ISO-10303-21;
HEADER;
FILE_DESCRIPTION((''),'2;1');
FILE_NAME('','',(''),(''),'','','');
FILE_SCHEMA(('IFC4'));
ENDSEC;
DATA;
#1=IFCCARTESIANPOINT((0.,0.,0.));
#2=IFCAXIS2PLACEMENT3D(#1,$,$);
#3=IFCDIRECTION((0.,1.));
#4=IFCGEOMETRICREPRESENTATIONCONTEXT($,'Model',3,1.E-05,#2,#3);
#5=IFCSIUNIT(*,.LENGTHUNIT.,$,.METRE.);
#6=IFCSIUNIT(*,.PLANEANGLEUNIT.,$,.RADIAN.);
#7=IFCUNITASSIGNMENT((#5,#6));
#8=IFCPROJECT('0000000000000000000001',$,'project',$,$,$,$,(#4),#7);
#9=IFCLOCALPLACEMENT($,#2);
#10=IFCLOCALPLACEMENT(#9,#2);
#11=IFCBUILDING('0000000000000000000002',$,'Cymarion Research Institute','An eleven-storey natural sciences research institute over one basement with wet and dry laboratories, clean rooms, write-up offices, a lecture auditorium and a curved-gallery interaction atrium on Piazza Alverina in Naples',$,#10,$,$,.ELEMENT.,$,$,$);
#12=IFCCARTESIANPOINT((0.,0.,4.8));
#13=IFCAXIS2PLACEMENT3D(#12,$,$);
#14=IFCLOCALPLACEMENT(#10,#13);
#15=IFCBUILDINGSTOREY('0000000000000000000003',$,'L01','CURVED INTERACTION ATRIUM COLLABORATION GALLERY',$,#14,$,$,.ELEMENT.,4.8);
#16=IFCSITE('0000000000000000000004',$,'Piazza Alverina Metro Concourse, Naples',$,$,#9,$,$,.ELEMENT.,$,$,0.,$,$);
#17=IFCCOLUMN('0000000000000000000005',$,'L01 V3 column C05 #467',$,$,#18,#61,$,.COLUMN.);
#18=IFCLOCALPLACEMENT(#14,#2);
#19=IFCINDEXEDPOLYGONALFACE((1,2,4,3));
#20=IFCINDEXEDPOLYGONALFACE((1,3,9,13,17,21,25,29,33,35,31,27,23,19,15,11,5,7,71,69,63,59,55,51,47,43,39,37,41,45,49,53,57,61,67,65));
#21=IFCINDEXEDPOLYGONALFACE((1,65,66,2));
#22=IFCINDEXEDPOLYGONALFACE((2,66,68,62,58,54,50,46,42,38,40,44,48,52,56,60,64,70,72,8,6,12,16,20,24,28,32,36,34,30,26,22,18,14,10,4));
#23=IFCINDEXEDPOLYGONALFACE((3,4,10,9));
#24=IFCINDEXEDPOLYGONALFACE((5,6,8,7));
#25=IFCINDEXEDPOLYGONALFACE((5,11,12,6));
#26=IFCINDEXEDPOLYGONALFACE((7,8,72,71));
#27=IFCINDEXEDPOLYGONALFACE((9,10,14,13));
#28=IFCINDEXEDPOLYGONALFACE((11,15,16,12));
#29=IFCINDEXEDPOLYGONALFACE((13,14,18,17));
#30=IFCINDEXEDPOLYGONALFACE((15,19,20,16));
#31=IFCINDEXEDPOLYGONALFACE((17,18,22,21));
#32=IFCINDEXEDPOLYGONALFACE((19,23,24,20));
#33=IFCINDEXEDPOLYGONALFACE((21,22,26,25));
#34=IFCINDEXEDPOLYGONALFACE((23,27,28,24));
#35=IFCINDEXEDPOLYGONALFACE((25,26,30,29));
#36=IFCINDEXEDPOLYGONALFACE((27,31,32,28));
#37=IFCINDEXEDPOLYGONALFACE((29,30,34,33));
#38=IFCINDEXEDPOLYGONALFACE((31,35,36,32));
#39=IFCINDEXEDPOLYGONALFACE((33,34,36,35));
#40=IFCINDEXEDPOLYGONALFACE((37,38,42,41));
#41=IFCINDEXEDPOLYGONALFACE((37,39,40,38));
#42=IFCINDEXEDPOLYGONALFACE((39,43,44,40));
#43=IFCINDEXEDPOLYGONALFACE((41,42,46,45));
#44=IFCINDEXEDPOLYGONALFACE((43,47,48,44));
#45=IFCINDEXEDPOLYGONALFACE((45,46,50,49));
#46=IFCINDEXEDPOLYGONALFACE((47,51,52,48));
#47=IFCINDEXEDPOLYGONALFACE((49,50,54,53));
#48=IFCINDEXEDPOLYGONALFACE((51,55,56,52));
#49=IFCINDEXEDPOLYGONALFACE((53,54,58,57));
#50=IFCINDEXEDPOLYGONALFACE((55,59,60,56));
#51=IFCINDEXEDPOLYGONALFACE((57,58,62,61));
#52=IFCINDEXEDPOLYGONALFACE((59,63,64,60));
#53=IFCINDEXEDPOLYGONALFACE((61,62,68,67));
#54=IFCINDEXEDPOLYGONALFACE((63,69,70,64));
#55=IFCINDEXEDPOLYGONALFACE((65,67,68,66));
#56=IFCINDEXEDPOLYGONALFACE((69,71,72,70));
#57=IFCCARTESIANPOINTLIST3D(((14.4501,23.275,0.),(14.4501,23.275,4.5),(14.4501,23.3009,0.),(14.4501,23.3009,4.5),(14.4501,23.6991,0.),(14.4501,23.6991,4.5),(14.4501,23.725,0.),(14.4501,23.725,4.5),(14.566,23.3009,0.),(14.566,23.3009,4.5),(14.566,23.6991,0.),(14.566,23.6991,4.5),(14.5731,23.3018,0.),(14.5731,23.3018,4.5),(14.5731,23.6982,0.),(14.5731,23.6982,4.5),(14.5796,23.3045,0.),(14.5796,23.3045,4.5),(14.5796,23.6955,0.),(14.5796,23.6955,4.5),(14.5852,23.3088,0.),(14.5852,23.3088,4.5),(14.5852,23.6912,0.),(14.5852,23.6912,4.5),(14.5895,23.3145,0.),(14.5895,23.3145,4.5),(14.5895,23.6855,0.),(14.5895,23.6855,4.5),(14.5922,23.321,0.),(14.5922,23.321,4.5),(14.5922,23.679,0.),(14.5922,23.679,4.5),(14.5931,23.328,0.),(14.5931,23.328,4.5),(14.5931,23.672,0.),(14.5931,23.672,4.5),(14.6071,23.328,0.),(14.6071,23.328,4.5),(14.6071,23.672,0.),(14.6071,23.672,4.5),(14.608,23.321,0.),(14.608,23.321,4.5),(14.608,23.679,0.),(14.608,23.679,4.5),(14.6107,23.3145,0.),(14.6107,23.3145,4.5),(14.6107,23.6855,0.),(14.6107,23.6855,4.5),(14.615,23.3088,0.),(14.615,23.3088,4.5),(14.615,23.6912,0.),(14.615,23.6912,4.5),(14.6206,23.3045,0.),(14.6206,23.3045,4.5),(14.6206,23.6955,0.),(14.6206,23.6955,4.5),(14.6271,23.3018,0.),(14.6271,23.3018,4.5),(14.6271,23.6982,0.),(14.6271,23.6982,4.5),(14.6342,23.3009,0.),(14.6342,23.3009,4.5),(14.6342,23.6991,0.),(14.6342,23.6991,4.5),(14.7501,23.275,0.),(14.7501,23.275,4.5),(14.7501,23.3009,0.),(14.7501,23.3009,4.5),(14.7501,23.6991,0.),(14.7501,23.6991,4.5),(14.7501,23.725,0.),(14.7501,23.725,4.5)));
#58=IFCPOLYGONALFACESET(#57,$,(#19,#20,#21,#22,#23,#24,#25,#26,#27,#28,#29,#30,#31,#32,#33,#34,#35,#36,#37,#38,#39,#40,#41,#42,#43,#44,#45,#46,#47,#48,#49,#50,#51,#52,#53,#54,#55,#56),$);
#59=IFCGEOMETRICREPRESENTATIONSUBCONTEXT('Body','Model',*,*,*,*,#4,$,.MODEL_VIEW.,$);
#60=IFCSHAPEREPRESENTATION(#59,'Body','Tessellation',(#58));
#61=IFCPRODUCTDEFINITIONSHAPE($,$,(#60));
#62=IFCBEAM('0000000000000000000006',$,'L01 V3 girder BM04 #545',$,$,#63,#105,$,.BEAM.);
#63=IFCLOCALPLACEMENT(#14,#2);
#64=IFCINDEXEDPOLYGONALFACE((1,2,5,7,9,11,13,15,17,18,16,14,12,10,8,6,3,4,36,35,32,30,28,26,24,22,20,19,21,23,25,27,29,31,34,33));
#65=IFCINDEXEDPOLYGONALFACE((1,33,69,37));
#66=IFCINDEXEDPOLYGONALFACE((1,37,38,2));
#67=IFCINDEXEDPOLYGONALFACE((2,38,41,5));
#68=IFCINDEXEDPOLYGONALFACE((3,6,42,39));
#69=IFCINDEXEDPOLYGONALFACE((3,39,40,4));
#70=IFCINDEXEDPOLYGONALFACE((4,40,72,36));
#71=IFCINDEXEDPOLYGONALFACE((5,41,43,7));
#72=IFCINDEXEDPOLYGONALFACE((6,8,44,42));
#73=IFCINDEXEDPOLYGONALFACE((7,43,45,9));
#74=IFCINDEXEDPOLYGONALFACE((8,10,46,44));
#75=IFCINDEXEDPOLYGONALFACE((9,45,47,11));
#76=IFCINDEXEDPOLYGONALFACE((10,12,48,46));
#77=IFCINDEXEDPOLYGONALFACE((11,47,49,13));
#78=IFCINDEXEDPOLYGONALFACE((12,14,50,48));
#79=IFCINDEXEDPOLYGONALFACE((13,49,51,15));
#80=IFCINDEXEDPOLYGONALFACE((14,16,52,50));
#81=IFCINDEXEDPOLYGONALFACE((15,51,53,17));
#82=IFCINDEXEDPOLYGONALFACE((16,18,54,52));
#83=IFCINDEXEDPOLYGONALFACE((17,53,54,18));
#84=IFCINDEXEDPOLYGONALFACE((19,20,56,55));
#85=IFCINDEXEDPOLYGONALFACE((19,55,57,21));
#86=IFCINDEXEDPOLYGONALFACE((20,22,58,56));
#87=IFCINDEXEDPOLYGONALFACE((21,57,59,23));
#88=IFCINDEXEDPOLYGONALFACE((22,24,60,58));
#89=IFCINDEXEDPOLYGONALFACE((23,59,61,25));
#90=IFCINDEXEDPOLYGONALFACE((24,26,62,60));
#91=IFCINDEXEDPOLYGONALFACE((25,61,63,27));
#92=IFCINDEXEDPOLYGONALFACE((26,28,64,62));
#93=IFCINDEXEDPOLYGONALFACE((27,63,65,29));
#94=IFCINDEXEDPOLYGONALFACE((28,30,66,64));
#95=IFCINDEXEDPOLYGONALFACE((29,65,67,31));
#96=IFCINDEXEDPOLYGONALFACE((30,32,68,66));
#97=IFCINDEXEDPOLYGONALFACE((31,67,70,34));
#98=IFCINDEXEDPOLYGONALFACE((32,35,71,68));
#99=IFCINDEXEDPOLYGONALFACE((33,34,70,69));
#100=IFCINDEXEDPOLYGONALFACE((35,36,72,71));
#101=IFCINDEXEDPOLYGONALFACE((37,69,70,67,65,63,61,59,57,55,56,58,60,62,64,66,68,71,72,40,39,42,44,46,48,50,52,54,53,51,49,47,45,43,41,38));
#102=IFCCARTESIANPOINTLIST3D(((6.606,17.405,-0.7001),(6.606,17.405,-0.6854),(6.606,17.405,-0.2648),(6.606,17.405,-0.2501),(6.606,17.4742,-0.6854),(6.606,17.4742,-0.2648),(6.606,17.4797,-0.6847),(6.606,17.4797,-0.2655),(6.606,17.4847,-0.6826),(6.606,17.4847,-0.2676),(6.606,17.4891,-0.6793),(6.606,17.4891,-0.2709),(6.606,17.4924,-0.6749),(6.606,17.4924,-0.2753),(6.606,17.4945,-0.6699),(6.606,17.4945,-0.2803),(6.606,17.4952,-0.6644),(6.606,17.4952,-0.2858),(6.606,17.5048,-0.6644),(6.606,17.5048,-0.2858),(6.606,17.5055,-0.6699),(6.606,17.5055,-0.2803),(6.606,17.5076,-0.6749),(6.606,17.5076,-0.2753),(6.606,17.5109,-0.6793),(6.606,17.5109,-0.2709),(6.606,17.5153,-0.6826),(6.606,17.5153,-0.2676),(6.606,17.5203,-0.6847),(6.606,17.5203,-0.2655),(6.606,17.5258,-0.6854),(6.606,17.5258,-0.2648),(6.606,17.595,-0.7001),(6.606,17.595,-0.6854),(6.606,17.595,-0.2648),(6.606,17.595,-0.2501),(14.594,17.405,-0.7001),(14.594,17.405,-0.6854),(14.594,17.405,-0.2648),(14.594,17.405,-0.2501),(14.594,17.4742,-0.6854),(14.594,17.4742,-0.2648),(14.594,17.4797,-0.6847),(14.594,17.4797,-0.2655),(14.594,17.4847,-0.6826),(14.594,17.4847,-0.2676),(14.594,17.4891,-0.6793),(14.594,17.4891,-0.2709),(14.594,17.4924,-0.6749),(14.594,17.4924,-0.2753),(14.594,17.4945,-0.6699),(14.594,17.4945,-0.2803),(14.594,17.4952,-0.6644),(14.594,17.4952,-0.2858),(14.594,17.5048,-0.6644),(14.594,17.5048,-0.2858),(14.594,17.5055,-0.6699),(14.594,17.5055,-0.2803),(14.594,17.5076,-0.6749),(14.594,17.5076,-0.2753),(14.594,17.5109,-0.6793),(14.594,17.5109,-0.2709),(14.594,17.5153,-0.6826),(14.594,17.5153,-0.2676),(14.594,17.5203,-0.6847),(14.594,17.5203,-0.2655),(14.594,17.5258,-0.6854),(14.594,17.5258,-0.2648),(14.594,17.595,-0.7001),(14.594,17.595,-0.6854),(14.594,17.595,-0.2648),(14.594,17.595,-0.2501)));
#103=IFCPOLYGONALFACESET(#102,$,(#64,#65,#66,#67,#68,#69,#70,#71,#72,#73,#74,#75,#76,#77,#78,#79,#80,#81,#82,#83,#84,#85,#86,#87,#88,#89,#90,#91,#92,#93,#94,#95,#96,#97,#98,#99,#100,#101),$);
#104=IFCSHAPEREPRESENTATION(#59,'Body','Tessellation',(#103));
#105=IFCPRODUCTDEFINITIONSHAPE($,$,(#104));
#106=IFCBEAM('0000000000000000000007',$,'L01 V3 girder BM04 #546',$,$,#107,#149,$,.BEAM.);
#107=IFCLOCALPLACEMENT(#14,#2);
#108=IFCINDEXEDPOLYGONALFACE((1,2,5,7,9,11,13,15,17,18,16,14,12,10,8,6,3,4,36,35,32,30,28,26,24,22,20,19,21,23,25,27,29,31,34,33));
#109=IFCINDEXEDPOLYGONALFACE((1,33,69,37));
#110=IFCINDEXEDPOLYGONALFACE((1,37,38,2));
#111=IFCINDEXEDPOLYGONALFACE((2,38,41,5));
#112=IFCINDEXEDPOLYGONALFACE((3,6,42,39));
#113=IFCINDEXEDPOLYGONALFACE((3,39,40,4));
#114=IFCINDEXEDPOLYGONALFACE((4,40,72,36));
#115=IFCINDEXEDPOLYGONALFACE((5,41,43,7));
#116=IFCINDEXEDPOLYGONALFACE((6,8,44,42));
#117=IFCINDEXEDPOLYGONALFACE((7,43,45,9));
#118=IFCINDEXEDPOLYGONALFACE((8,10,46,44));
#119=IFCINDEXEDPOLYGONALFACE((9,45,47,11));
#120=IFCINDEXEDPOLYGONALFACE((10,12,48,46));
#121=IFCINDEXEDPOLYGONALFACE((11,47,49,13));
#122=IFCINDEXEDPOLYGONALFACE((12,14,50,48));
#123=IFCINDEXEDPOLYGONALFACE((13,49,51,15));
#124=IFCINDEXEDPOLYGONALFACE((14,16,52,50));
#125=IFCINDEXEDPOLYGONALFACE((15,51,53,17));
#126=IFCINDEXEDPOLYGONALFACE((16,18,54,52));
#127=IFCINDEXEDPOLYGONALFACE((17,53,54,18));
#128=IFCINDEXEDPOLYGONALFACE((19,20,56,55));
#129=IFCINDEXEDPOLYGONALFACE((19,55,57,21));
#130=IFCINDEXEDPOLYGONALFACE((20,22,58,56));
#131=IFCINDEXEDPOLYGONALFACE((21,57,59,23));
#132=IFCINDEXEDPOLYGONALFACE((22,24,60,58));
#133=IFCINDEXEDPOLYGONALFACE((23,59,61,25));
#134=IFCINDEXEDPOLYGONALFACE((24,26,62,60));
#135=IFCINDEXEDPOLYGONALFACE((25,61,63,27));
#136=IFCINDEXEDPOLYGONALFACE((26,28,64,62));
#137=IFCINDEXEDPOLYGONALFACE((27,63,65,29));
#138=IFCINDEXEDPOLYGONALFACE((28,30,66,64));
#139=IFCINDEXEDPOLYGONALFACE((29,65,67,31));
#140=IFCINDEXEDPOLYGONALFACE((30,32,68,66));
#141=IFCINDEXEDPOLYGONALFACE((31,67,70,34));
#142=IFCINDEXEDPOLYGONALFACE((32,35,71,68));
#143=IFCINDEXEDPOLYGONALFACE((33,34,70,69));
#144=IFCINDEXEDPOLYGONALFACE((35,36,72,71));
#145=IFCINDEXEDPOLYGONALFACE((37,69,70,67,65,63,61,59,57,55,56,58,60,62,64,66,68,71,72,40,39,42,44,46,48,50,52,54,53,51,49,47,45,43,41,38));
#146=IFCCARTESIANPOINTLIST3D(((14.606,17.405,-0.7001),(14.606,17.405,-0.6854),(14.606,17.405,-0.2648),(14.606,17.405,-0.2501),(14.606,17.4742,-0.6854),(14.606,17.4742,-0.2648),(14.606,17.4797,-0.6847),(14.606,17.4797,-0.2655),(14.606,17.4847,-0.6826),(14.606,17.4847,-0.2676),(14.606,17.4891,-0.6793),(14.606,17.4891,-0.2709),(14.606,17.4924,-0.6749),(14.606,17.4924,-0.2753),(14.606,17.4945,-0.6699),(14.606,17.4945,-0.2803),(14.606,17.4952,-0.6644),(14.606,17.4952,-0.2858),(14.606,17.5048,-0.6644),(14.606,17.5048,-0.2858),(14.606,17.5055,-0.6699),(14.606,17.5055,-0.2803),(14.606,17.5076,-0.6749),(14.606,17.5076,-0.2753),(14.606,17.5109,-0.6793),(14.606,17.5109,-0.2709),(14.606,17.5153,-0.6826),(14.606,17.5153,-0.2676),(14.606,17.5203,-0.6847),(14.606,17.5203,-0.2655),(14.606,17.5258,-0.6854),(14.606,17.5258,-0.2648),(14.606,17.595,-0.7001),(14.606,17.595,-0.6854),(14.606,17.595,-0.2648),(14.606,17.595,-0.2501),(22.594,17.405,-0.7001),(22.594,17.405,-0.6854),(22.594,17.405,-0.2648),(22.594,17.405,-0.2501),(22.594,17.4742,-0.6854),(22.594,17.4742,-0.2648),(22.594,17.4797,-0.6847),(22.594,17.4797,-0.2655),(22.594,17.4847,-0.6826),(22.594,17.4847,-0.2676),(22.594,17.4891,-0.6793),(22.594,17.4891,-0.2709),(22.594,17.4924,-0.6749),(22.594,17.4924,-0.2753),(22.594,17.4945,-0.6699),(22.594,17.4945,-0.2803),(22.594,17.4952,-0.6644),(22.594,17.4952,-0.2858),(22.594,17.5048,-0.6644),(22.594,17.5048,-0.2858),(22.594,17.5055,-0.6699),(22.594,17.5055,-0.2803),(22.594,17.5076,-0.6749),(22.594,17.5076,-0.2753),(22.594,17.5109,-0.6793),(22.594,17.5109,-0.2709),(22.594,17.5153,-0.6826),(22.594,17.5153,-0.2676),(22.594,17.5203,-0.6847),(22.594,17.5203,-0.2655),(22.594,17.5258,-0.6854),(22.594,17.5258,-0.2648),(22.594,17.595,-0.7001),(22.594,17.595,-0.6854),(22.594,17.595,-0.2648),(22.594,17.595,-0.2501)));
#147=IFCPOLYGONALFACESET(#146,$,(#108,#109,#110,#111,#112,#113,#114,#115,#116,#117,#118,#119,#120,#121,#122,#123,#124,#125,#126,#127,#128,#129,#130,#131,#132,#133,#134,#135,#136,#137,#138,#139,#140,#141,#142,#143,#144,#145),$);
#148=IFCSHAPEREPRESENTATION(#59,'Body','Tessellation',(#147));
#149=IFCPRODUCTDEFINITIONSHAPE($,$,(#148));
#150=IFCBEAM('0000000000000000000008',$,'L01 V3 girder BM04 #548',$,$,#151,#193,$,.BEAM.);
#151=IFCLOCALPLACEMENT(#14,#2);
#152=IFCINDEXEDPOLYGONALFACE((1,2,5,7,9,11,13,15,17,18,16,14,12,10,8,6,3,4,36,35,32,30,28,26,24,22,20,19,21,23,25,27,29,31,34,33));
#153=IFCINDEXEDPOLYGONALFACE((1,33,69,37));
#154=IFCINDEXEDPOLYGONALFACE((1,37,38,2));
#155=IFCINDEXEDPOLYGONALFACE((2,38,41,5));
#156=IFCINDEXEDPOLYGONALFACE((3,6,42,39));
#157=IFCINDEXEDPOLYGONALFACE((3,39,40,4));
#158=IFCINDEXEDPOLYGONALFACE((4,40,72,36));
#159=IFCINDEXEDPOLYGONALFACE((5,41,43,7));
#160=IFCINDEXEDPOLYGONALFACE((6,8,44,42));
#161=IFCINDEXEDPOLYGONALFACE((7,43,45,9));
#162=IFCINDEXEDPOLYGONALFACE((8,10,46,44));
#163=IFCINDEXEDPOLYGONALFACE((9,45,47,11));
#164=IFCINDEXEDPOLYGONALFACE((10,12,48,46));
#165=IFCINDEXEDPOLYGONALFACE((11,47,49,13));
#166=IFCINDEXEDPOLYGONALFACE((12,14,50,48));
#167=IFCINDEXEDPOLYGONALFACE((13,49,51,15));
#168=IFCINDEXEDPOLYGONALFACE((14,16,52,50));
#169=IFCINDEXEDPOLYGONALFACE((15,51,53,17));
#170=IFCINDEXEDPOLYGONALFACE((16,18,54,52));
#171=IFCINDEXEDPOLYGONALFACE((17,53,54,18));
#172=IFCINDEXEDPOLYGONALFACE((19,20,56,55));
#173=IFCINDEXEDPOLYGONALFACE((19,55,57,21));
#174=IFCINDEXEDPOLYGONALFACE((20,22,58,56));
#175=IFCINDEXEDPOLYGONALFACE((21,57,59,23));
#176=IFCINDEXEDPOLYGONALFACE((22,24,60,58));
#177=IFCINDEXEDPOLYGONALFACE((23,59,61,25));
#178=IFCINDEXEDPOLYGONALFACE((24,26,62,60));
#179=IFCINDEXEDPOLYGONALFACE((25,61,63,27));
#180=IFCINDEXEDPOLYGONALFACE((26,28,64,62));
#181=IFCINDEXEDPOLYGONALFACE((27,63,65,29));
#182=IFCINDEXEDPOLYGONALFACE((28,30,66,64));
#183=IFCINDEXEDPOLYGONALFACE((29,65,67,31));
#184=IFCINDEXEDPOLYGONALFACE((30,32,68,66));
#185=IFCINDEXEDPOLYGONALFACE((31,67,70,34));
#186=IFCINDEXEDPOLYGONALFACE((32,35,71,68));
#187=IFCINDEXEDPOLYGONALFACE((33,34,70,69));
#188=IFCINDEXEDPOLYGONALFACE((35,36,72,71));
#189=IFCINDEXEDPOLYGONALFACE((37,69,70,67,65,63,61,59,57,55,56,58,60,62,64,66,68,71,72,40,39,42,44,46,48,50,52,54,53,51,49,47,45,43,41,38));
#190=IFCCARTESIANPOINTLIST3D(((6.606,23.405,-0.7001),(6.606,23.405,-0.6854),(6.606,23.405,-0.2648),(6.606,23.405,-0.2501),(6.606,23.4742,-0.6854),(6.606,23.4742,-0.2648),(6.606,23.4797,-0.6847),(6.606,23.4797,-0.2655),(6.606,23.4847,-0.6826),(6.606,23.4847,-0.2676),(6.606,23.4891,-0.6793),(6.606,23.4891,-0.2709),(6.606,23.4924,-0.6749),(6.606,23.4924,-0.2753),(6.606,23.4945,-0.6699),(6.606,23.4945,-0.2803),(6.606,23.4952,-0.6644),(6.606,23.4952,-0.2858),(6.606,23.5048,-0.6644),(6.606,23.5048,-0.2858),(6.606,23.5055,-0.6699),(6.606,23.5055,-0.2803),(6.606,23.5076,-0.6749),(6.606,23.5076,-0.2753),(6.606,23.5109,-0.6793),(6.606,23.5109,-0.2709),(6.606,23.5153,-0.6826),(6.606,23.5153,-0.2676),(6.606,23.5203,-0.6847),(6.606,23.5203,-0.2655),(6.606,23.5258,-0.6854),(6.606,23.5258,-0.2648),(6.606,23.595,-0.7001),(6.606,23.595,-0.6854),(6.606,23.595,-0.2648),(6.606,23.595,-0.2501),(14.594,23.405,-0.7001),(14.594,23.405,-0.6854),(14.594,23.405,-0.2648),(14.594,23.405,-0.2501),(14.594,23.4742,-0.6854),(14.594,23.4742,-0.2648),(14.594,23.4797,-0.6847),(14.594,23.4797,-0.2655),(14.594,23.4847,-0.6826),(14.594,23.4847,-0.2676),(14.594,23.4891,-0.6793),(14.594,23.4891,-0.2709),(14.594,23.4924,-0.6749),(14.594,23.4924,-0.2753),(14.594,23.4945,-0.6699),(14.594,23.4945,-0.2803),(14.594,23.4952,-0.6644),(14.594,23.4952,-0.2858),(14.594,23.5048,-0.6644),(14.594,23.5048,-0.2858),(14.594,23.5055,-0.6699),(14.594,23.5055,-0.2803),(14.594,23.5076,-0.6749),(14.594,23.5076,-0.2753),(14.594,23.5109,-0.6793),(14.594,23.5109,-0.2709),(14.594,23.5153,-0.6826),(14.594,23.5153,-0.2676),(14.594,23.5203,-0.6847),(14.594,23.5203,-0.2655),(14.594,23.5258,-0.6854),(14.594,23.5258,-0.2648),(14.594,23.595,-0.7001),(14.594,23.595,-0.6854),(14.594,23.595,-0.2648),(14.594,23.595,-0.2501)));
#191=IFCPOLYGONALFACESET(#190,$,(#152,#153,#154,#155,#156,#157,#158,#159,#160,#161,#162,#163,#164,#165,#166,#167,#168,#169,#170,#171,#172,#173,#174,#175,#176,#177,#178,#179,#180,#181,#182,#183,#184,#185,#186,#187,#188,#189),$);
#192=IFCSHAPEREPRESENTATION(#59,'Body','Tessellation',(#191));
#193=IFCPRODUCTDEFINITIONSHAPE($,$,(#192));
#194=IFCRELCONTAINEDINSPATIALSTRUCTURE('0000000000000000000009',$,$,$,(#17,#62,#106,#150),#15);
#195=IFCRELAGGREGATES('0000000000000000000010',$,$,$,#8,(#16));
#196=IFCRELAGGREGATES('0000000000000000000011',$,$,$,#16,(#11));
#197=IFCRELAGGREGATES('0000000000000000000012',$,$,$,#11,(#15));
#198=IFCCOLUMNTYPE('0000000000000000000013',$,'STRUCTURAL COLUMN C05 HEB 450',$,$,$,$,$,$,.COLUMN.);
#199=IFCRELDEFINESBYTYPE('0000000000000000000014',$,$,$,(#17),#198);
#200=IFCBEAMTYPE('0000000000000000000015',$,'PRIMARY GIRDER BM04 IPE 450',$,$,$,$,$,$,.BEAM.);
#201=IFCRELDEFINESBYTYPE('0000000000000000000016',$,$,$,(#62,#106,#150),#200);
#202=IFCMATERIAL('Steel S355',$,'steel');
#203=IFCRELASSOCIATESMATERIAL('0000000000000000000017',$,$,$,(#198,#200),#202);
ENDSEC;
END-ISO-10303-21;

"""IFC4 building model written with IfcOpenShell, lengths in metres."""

from ifc_helpers import new_model, si_unit, direction, frame, origin, origin_2d, place, context, subcontext, project, spatial, i_section, extrude, material, material_profile, profile_set, type_object, element, save


model = new_model("IFC4")

# Units and contexts
model_context = context("Model", 3, precision=1e-05, world=origin(), true_north=direction((0.0, 1.0)))
body_context = subcontext(model_context, "Body", "Model", "MODEL_VIEW")
ifc_project = project(units=[si_unit("LENGTHUNIT", "METRE"), si_unit("PLANEANGLEUNIT", "RADIAN")], contexts=[model_context])

# Site, building, storey
site_placement = place(None, origin())
site = spatial("IfcSite", under=ifc_project, at=site_placement, Name="Piazza Alverina Metro Concourse, Naples", CompositionType="ELEMENT", RefElevation=0.0)
building_placement = place(site_placement, origin())
building = spatial("IfcBuilding", under=site, at=building_placement, Name="Cymarion Research Institute", Description="An eleven-storey natural sciences research institute over one basement with wet and dry laboratories, clean rooms, write-up offices, a lecture auditorium and a curved-gallery interaction atrium on Piazza Alverina in Naples", CompositionType="ELEMENT")
storey_placement = place(building_placement, frame((0.0, 0.0, 4.8)))
storey = spatial("IfcBuildingStorey", under=building, at=storey_placement, Name="L01", Description="CURVED INTERACTION ATRIUM COLLABORATION GALLERY", CompositionType="ELEMENT", Elevation=4.8)

# Column
ifc_material_1 = material(Name="Steel S355", Category="steel")
ifc_material_profile_1 = material_profile(ifc_material_1, i_section(OverallWidth=0.3, OverallDepth=0.45, WebThickness=0.0139, FlangeThickness=0.0259, FilletRadius=0.0271, at=origin_2d()), Name="HEB 450")
ifc_profile_set_1 = profile_set([ifc_material_profile_1], Name="Steel S355")
column_type_1 = type_object("IfcColumnType", Name="STRUCTURAL COLUMN C05 HEB 450", PredefinedType="COLUMN", material=ifc_profile_set_1)
for number, where, z_axis, x_axis, name in (
    (1, (14.6001, 23.5, 0.0), (0.0, 0.0, 1.0), (1.0, 0.0, 0.0), "L01 V3 column C05 #467"),
):
    element("IfcColumn", number, at=place(storey_placement, frame(where, z_axis=z_axis, x_axis=x_axis)), inside=storey, type_object=column_type_1, Name=name, PredefinedType="COLUMN", context=body_context, shape_type="SweptSolid", body=[
        extrude(i_section(OverallWidth=0.3, OverallDepth=0.45, WebThickness=0.0139, FlangeThickness=0.0259, FilletRadius=0.0271, at=origin_2d()), origin(), (0.0, 0.0, 1.0), 4.5),
    ])

# Beams
ifc_material_profile_2 = material_profile(ifc_material_1, i_section(OverallWidth=0.1899, OverallDepth=0.45, WebThickness=0.0095, FlangeThickness=0.0146, FilletRadius=0.021, at=origin_2d()), Name="IPE 450")
ifc_profile_set_2 = profile_set([ifc_material_profile_2], Name="Steel S355")
beam_type_1 = type_object("IfcBeamType", Name="PRIMARY GIRDER BM04 IPE 450", PredefinedType="BEAM", material=ifc_profile_set_2)
for number, where, z_axis, x_axis, name in (
    (2, (6.606, 17.5, -0.4751), (1.0, 0.0, 0.0), (0.0, 1.0, 0.0), "L01 V3 girder BM04 #545"),
    (3, (14.606, 17.5, -0.4751), (1.0, 0.0, 0.0), (0.0, 1.0, 0.0), "L01 V3 girder BM04 #546"),
    (4, (6.606, 23.5, -0.4751), (1.0, 0.0, 0.0), (0.0, 1.0, 0.0), "L01 V3 girder BM04 #548"),
):
    element("IfcBeam", number, at=place(storey_placement, frame(where, z_axis=z_axis, x_axis=x_axis)), inside=storey, type_object=beam_type_1, Name=name, PredefinedType="BEAM", context=body_context, shape_type="SweptSolid", body=[
        extrude(i_section(OverallWidth=0.1899, OverallDepth=0.45, WebThickness=0.0095, FlangeThickness=0.0146, FilletRadius=0.021, at=origin_2d()), origin(), (0.0, 0.0, 1.0), 7.988),
    ])

save(model, "model.ifc")
